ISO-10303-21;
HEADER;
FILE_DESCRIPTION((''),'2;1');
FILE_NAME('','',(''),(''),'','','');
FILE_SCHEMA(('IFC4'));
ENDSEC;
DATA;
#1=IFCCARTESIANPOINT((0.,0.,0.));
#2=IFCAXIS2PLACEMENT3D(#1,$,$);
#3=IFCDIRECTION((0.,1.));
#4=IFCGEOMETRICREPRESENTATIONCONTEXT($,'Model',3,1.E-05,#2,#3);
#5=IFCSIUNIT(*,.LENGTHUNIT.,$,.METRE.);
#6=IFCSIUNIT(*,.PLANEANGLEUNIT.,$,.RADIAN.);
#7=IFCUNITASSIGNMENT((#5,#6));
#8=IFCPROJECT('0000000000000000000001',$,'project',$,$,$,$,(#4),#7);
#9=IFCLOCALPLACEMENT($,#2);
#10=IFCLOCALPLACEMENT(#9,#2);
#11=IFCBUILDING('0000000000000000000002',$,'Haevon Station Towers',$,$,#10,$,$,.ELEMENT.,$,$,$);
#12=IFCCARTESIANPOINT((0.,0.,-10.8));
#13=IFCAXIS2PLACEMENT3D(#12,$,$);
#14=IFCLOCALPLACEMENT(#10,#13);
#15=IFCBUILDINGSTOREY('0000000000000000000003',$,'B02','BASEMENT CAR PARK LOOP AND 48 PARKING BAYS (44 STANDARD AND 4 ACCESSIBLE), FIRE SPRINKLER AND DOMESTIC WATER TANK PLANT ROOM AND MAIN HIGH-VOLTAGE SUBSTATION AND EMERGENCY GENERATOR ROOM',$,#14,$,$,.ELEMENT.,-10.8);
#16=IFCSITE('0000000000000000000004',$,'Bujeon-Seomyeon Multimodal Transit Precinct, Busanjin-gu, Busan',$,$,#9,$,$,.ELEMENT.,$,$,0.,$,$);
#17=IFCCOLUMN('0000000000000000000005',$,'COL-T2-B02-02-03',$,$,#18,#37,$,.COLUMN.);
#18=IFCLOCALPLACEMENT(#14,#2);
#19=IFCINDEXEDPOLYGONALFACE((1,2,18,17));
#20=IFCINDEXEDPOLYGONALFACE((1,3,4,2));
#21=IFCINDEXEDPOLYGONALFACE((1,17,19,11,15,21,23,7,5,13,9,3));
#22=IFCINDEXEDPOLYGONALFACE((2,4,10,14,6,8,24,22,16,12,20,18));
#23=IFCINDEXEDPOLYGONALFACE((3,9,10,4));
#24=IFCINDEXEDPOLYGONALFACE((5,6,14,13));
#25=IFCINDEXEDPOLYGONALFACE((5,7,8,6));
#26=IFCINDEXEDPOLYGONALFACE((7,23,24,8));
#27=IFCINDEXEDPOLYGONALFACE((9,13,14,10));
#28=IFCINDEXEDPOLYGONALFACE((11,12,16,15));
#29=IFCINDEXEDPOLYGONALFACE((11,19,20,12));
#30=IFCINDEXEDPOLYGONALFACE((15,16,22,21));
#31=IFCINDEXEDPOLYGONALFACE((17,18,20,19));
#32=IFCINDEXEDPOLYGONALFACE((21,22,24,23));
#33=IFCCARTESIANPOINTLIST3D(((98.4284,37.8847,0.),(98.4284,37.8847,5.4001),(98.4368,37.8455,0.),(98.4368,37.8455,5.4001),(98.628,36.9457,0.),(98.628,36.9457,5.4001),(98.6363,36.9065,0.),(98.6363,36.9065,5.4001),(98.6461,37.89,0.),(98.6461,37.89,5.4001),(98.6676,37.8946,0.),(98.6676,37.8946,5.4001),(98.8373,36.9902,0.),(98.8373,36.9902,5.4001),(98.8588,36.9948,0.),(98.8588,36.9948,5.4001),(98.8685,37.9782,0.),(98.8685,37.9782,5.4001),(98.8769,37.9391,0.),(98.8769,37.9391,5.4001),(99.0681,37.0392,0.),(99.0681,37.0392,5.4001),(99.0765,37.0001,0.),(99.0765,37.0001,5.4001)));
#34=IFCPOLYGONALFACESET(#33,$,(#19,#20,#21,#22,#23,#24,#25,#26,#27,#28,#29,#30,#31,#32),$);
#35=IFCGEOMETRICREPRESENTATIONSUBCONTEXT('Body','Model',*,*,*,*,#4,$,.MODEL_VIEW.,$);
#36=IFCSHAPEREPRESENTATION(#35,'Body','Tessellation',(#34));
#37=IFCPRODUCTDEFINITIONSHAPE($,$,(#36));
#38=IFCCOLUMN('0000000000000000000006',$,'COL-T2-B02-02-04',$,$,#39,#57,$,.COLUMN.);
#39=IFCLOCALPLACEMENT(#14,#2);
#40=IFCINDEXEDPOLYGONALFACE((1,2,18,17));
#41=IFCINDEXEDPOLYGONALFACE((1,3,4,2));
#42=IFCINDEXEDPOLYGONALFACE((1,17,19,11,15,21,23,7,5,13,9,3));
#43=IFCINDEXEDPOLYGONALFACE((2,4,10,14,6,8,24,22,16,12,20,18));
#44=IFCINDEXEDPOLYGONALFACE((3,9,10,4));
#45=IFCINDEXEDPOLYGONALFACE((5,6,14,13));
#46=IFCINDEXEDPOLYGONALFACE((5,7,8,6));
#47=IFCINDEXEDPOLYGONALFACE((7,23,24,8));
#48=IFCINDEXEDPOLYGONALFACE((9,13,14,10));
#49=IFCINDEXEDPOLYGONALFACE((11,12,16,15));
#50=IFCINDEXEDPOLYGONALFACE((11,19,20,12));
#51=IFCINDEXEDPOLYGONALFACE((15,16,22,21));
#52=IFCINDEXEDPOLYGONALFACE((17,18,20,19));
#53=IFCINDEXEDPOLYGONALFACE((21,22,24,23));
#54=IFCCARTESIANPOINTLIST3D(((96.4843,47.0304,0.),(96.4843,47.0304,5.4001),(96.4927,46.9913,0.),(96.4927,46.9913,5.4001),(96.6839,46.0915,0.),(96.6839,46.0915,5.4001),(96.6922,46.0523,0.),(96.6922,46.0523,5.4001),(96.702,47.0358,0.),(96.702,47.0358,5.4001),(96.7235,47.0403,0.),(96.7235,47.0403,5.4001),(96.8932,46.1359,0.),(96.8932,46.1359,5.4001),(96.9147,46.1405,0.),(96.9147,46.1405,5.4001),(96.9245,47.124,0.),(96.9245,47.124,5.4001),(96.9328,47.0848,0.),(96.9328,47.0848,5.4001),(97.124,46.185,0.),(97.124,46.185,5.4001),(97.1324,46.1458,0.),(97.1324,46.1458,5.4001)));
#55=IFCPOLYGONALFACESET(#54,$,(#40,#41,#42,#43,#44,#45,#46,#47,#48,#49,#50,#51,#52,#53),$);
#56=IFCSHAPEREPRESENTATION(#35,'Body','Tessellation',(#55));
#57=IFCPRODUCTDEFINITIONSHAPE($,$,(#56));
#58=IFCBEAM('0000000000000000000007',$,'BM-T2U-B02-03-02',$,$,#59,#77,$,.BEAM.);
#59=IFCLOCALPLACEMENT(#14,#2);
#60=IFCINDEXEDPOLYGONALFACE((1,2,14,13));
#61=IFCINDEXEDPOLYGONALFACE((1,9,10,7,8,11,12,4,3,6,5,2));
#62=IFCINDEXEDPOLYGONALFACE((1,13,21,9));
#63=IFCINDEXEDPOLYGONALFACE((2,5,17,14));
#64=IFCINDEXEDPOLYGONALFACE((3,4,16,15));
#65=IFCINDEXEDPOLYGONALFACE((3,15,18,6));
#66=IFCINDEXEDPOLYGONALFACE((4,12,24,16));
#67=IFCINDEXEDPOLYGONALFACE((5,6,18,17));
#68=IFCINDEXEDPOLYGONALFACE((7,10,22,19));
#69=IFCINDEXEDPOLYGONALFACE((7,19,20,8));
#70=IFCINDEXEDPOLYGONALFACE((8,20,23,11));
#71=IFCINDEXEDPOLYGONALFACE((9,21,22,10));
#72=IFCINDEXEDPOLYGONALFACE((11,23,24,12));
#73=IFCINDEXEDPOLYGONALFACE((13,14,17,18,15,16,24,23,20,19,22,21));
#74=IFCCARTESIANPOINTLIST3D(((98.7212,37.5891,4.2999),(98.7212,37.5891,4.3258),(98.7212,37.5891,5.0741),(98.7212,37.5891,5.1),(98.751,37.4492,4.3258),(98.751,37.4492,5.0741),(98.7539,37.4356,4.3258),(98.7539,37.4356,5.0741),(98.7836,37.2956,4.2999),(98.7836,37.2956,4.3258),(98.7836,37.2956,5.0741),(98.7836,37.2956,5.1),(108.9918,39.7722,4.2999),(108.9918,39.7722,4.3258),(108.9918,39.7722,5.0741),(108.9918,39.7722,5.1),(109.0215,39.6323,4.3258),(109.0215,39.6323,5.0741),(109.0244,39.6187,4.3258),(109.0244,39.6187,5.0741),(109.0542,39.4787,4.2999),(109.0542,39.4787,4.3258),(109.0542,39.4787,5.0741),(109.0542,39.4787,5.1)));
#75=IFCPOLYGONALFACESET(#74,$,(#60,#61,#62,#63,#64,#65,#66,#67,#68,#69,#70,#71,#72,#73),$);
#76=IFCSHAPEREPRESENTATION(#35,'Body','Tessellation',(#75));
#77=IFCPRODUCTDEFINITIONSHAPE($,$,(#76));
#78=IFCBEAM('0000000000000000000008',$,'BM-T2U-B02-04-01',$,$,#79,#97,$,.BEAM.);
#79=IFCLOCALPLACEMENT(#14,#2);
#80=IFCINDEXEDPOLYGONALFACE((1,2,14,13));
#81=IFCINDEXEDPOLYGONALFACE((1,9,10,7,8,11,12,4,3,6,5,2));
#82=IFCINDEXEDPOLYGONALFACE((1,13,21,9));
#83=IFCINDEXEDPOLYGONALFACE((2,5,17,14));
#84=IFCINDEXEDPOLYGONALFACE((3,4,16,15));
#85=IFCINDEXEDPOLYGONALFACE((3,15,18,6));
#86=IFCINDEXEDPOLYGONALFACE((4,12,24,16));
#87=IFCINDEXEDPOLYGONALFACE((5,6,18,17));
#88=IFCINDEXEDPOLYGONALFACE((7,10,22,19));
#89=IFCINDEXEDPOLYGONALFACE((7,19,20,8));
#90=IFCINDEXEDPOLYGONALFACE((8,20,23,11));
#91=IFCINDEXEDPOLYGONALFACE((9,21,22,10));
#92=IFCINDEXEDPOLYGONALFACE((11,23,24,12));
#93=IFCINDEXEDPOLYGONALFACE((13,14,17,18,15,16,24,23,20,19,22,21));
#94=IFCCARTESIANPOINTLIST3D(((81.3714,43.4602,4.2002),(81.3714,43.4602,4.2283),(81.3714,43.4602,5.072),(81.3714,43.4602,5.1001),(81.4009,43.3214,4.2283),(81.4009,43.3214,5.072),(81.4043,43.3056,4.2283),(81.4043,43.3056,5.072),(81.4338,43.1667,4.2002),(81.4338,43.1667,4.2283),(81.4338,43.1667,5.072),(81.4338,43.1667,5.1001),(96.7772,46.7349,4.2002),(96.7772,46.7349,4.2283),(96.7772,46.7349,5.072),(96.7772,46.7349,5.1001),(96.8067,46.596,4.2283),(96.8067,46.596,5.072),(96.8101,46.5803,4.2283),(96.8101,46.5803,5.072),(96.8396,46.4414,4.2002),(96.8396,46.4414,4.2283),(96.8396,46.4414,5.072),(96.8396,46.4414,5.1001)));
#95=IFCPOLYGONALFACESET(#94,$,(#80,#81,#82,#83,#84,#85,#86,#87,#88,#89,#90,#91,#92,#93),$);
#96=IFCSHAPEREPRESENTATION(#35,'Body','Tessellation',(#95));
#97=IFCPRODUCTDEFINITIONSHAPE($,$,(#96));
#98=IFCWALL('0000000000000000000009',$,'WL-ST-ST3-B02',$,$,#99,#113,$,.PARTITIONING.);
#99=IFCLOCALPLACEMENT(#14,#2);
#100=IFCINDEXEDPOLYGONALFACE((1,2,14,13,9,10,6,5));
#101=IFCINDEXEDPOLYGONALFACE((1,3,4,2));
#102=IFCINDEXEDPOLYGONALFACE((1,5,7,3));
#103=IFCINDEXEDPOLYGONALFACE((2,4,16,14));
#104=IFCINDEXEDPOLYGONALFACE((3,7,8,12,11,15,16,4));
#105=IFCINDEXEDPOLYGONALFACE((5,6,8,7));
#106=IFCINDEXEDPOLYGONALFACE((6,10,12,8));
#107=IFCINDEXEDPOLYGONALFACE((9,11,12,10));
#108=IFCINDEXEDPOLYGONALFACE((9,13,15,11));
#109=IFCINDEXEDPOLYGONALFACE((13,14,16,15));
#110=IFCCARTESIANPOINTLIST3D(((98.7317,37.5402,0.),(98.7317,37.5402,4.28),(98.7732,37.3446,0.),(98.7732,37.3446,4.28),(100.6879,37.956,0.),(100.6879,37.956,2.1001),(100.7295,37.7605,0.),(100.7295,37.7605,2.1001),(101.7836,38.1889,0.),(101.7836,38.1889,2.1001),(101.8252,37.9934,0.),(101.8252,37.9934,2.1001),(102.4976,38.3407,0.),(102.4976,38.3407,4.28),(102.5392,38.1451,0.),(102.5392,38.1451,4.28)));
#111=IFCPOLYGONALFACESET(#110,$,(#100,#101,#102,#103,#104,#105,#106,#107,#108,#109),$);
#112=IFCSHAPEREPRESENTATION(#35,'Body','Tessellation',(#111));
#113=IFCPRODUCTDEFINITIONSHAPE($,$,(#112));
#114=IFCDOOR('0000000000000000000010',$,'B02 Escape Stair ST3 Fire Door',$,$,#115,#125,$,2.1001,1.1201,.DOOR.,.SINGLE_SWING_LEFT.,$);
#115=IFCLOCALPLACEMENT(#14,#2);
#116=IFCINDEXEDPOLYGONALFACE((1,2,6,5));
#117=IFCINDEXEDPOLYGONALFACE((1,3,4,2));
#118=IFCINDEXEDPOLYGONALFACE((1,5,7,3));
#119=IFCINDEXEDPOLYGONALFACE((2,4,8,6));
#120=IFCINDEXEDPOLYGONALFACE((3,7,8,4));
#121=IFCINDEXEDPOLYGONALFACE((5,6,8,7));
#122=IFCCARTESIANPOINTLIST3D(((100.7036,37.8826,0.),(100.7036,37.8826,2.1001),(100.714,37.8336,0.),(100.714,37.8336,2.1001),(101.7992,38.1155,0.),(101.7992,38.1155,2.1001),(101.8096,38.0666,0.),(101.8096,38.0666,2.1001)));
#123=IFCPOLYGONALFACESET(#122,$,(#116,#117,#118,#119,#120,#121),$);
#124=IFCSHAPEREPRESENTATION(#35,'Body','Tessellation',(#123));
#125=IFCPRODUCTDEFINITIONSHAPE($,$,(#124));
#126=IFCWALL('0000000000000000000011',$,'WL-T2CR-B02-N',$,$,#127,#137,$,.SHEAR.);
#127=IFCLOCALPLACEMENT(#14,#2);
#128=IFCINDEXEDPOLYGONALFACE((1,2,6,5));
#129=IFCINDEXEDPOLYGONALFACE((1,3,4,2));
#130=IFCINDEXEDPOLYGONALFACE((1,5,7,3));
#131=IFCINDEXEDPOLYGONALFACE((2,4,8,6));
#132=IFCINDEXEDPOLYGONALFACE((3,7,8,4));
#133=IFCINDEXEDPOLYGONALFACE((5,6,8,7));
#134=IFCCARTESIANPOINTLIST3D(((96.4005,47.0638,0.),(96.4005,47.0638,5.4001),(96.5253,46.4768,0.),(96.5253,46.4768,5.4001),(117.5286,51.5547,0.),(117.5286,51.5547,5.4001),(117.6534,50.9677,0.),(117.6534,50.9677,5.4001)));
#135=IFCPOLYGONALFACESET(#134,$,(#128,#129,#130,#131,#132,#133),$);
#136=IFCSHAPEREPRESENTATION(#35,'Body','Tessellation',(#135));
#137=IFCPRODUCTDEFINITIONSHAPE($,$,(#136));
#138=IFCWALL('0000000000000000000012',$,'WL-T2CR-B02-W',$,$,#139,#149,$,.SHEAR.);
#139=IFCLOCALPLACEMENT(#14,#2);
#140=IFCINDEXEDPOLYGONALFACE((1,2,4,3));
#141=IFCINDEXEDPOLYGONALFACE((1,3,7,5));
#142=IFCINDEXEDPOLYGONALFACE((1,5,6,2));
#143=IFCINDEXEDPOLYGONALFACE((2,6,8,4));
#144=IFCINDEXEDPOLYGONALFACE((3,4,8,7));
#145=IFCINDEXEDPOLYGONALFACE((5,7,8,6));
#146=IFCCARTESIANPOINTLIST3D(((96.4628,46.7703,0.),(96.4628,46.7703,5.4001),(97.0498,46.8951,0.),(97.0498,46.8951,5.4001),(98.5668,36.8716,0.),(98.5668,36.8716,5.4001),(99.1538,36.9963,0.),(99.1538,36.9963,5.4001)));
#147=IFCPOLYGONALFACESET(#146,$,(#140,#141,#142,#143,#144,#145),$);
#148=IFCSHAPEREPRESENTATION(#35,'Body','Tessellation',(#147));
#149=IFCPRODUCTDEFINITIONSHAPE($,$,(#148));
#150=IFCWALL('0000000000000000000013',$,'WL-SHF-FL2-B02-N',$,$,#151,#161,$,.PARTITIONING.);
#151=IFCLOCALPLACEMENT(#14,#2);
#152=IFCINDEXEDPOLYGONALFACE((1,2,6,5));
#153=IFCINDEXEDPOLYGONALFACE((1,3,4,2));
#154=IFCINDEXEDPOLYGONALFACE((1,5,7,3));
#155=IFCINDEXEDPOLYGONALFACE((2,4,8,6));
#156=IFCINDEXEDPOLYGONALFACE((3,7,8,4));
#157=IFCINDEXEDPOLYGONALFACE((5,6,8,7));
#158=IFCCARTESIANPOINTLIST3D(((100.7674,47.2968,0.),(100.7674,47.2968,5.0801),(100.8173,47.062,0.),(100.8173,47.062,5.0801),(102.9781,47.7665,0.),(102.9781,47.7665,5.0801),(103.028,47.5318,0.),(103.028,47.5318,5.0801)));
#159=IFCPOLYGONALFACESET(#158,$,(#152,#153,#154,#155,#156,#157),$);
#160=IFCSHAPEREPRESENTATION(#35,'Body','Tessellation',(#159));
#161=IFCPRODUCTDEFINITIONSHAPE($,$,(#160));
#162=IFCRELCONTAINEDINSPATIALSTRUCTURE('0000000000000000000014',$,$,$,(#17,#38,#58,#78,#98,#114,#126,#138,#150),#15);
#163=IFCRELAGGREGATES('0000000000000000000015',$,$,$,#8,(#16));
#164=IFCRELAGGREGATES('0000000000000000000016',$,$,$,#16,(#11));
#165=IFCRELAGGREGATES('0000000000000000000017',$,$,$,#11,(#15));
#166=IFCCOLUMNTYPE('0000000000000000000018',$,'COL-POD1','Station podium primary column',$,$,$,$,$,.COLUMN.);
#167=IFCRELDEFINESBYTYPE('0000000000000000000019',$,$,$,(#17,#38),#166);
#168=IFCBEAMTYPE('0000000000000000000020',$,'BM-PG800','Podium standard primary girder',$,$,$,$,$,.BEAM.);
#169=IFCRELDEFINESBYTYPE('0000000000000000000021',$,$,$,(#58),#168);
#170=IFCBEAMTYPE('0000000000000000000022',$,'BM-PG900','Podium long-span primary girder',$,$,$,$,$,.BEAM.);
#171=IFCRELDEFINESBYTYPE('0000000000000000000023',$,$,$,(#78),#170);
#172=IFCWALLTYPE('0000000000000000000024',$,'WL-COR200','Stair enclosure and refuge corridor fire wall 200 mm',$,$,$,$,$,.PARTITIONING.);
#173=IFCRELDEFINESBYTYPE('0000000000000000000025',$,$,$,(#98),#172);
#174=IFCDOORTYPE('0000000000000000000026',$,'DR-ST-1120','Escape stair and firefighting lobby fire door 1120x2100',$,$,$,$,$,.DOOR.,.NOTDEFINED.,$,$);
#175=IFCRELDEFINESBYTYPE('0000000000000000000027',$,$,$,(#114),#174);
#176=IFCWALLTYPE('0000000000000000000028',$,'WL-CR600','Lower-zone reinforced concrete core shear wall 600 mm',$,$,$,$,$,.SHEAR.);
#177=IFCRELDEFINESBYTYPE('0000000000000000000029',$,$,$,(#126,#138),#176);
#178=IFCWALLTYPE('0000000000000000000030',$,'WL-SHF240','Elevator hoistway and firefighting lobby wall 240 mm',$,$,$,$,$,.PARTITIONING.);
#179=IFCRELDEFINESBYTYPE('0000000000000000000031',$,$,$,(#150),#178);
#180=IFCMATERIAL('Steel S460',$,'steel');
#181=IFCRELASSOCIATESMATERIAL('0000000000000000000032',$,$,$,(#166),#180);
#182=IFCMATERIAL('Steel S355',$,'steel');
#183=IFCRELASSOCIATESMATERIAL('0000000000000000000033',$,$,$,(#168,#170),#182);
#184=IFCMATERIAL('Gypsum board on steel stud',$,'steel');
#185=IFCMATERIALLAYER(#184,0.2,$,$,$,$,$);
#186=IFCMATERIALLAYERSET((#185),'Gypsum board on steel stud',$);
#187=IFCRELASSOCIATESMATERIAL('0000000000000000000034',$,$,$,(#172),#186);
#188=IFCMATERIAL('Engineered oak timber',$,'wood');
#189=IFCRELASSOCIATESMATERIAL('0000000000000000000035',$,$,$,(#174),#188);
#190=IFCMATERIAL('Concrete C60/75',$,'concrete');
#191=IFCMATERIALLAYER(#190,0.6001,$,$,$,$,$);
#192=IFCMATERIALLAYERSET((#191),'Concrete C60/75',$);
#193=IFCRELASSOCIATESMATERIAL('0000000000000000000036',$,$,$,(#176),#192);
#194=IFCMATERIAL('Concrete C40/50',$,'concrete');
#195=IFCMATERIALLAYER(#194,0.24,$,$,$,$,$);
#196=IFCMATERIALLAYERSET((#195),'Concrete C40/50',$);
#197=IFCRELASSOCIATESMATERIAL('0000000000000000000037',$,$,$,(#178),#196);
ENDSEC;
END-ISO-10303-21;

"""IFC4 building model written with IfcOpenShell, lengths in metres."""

from ifc_helpers import new_model, si_unit, direction, frame, frame_2d, origin, origin_2d, place, context, subcontext, project, spatial, rectangle, i_section, extrude, material, layer, layer_set, material_profile, profile_set, type_object, element, fill, save


model = new_model("IFC4")

# Units and contexts
model_context = context("Model", 3, precision=1e-05, world=origin(), true_north=direction((0.0, 1.0)))
body_context = subcontext(model_context, "Body", "Model", "MODEL_VIEW")
ifc_project = project(units=[si_unit("LENGTHUNIT", "METRE"), si_unit("PLANEANGLEUNIT", "RADIAN")], contexts=[model_context])

# Site, building, storey
site_placement = place(None, origin())
site = spatial("IfcSite", under=ifc_project, at=site_placement, Name="Bujeon-Seomyeon Multimodal Transit Precinct, Busanjin-gu, Busan", CompositionType="ELEMENT", RefElevation=0.0)
building_placement = place(site_placement, origin())
building = spatial("IfcBuilding", under=site, at=building_placement, Name="Haevon Station Towers", CompositionType="ELEMENT")
storey_placement = place(building_placement, frame((0.0, 0.0, -10.8)))
storey = spatial("IfcBuildingStorey", under=building, at=storey_placement, Name="B02", Description="BASEMENT CAR PARK LOOP AND 48 PARKING BAYS (44 STANDARD AND 4 ACCESSIBLE), FIRE SPRINKLER AND DOMESTIC WATER TANK PLANT ROOM AND MAIN HIGH-VOLTAGE SUBSTATION AND EMERGENCY GENERATOR ROOM", CompositionType="ELEMENT", Elevation=-10.8)

# Columns
ifc_material_1 = material(Name="Steel S460", Category="steel")
ifc_material_profile_1 = material_profile(ifc_material_1, i_section(OverallWidth=0.45, OverallDepth=1.0, WebThickness=0.022, FlangeThickness=0.04, at=origin_2d()), Name="H-1000x450x22x40")
ifc_profile_set_1 = profile_set([ifc_material_profile_1], Name="Steel S460")
column_type_1 = type_object("IfcColumnType", Name="COL-POD1", Description="Station podium primary column", PredefinedType="COLUMN", material=ifc_profile_set_1)
for number, where, z_axis, x_axis, name in (
    (1, (98.7524, 37.4424, 0.0), (0.0, 0.0, 1.0), (0.978148, 0.207912, 0.0), "COL-T2-B02-02-03"),
    (2, (96.8083, 46.5881, 0.0), (0.0, 0.0, 1.0), (0.978148, 0.207912, 0.0), "COL-T2-B02-02-04"),
):
    element("IfcColumn", number, at=place(storey_placement, frame(where, z_axis=z_axis, x_axis=x_axis)), inside=storey, type_object=column_type_1, Name=name, PredefinedType="COLUMN", context=body_context, shape_type="SweptSolid", body=[
        extrude(i_section(OverallWidth=0.45, OverallDepth=1.0, WebThickness=0.022, FlangeThickness=0.04, at=origin_2d()), origin(), (0.0, 0.0, 1.0), 5.4001),
    ])

# Beams
ifc_material_2 = material(Name="Steel S355", Category="steel")
ifc_material_profile_2 = material_profile(ifc_material_2, i_section(OverallWidth=0.3, OverallDepth=0.8, WebThickness=0.0139, FlangeThickness=0.0259, at=origin_2d()), Name="H-800x300x14x26")
ifc_profile_set_2 = profile_set([ifc_material_profile_2], Name="Steel S355")
beam_type_1 = type_object("IfcBeamType", Name="BM-PG800", Description="Podium standard primary girder", PredefinedType="BEAM", material=ifc_profile_set_2)
beam_1_placement = place(storey_placement, frame((98.7524, 37.4424, 4.7), z_axis=(0.978147, 0.207915, 0.0), x_axis=(-0.207915, 0.978147, 0.0)))
element("IfcBeam", 3, at=beam_1_placement, inside=storey, type_object=beam_type_1, Name="BM-T2U-B02-03-02", PredefinedType="BEAM", context=body_context, shape_type="SweptSolid", body=[
    extrude(i_section(OverallWidth=0.3, OverallDepth=0.8, WebThickness=0.0139, FlangeThickness=0.0259, at=origin_2d()), origin(), (0.0, 0.0, 1.0), 10.5),
])
ifc_material_profile_3 = material_profile(ifc_material_2, i_section(OverallWidth=0.3, OverallDepth=0.8999, WebThickness=0.0161, FlangeThickness=0.0281, at=origin_2d()), Name="H-900x300x16x28")
ifc_profile_set_3 = profile_set([ifc_material_profile_3], Name="Steel S355")
beam_type_2 = type_object("IfcBeamType", Name="BM-PG900", Description="Podium long-span primary girder", PredefinedType="BEAM", material=ifc_profile_set_3)
beam_2_placement = place(storey_placement, frame((81.4026, 43.3135, 4.6501), z_axis=(0.978147, 0.207915, 0.0), x_axis=(-0.207915, 0.978147, 0.0)))
element("IfcBeam", 4, at=beam_2_placement, inside=storey, type_object=beam_type_2, Name="BM-T2U-B02-04-01", PredefinedType="BEAM", context=body_context, shape_type="SweptSolid", body=[
    extrude(i_section(OverallWidth=0.3, OverallDepth=0.8999, WebThickness=0.0161, FlangeThickness=0.0281, at=origin_2d()), origin(), (0.0, 0.0, 1.0), 15.75),
])

# Wall, opening, door
ifc_material_3 = material(Name="Gypsum board on steel stud", Category="steel")
ifc_layer_1 = layer(ifc_material_3, 0.2)
ifc_layer_set_1 = layer_set([ifc_layer_1], Name="Gypsum board on steel stud")
wall_type_1 = type_object("IfcWallType", Name="WL-COR200", Description="Stair enclosure and refuge corridor fire wall 200 mm", PredefinedType="PARTITIONING", material=ifc_layer_set_1)
wall_1_placement = place(storey_placement, frame((98.7524, 37.4424, 0.0), z_axis=(0.0, 0.0, 1.0), x_axis=(0.978144, 0.207931, 0.0)))
wall_1 = element("IfcWall", 5, at=wall_1_placement, inside=storey, type_object=wall_type_1, Name="WL-ST-ST3-B02", PredefinedType="PARTITIONING", context=body_context, shape_type="SweptSolid", body=[
    extrude(rectangle(XDim=3.8501, YDim=0.2, at=frame_2d((1.925, 0.0))), origin(), (0.0, 0.0, 1.0), 4.28),
])
opening_placement = place(wall_1_placement, frame((2.0, 0.0, 0.0)))
opening = element("IfcOpeningElement", 6, at=opening_placement, cuts=wall_1, PredefinedType="OPENING", context=body_context, shape_type="SweptSolid", body=[
    extrude(rectangle(XDim=1.1201, YDim=2.1001, at=frame_2d((0.5601, 1.05))), frame((0.0, 0.1099, 0.0), z_axis=(0.0, -1.0, 0.0), x_axis=(1.0, 0.0, 0.0)), (0.0, 0.0, 1.0), 0.22),
])
ifc_material_4 = material(Name="Engineered oak timber", Category="wood")
door_type = type_object("IfcDoorType", Name="DR-ST-1120", Description="Escape stair and firefighting lobby fire door 1120x2100", OperationType="NOTDEFINED", PredefinedType="DOOR", material=ifc_material_4)
door_placement = place(opening_placement, origin())
door = element("IfcDoor", 7, at=door_placement, inside=storey, type_object=door_type, Name="B02 Escape Stair ST3 Fire Door", OperationType="SINGLE_SWING_LEFT", OverallHeight=2.1001, OverallWidth=1.1201, PredefinedType="DOOR", context=body_context, shape_type="SweptSolid", body=[
    extrude(rectangle(XDim=1.1201, YDim=2.1001, at=frame_2d((0.5601, 1.05))), frame((0.0, 0.0249, 0.0), z_axis=(0.0, -1.0, 0.0), x_axis=(1.0, 0.0, 0.0)), (0.0, 0.0, 1.0), 0.05),
])
fill(opening, door)

# Walls
ifc_material_5 = material(Name="Concrete C60/75", Category="concrete")
ifc_layer_2 = layer(ifc_material_5, 0.6001)
ifc_layer_set_2 = layer_set([ifc_layer_2], Name="Concrete C60/75")
wall_type_2 = type_object("IfcWallType", Name="WL-CR600", Description="Lower-zone reinforced concrete core shear wall 600 mm", PredefinedType="SHEAR", material=ifc_layer_set_2)
wall_2_placement = place(storey_placement, frame((96.4629, 46.7703, 0.0), z_axis=(0.0, 0.0, 1.0), x_axis=(0.978147, 0.207913, 0.0)))
element("IfcWall", 8, at=wall_2_placement, inside=storey, type_object=wall_type_2, Name="WL-T2CR-B02-N", PredefinedType="SHEAR", context=body_context, shape_type="SweptSolid", body=[
    extrude(rectangle(XDim=21.6001, YDim=0.6001, at=frame_2d((10.8, 0.0))), origin(), (0.0, 0.0, 1.0), 5.4001),
])
wall_3_placement = place(storey_placement, frame((98.8604, 36.9338, 0.0), z_axis=(0.0, 0.0, 1.0), x_axis=(-0.207909, 0.978148, 0.0)))
element("IfcWall", 9, at=wall_3_placement, inside=storey, type_object=wall_type_2, Name="WL-T2CR-B02-W", PredefinedType="SHEAR", context=body_context, shape_type="SweptSolid", body=[
    extrude(rectangle(XDim=10.1199, YDim=0.6001, at=frame_2d((5.0601, 0.0))), origin(), (0.0, 0.0, 1.0), 5.4001),
])
ifc_material_6 = material(Name="Concrete C40/50", Category="concrete")
ifc_layer_3 = layer(ifc_material_6, 0.24)
ifc_layer_set_3 = layer_set([ifc_layer_3], Name="Concrete C40/50")
wall_type_3 = type_object("IfcWallType", Name="WL-SHF240", Description="Elevator hoistway and firefighting lobby wall 240 mm", PredefinedType="PARTITIONING", material=ifc_layer_set_3)
wall_4_placement = place(storey_placement, frame((100.7925, 47.1794, 0.0), z_axis=(0.0, 0.0, 1.0), x_axis=(0.978163, 0.207839, 0.0)))
element("IfcWall", 10, at=wall_4_placement, inside=storey, type_object=wall_type_3, Name="WL-SHF-FL2-B02-N", PredefinedType="PARTITIONING", context=body_context, shape_type="SweptSolid", body=[
    extrude(rectangle(XDim=2.26, YDim=0.24, at=frame_2d((1.1299, 0.0))), origin(), (0.0, 0.0, 1.0), 5.0801),
])

save(model, "model.ifc")
